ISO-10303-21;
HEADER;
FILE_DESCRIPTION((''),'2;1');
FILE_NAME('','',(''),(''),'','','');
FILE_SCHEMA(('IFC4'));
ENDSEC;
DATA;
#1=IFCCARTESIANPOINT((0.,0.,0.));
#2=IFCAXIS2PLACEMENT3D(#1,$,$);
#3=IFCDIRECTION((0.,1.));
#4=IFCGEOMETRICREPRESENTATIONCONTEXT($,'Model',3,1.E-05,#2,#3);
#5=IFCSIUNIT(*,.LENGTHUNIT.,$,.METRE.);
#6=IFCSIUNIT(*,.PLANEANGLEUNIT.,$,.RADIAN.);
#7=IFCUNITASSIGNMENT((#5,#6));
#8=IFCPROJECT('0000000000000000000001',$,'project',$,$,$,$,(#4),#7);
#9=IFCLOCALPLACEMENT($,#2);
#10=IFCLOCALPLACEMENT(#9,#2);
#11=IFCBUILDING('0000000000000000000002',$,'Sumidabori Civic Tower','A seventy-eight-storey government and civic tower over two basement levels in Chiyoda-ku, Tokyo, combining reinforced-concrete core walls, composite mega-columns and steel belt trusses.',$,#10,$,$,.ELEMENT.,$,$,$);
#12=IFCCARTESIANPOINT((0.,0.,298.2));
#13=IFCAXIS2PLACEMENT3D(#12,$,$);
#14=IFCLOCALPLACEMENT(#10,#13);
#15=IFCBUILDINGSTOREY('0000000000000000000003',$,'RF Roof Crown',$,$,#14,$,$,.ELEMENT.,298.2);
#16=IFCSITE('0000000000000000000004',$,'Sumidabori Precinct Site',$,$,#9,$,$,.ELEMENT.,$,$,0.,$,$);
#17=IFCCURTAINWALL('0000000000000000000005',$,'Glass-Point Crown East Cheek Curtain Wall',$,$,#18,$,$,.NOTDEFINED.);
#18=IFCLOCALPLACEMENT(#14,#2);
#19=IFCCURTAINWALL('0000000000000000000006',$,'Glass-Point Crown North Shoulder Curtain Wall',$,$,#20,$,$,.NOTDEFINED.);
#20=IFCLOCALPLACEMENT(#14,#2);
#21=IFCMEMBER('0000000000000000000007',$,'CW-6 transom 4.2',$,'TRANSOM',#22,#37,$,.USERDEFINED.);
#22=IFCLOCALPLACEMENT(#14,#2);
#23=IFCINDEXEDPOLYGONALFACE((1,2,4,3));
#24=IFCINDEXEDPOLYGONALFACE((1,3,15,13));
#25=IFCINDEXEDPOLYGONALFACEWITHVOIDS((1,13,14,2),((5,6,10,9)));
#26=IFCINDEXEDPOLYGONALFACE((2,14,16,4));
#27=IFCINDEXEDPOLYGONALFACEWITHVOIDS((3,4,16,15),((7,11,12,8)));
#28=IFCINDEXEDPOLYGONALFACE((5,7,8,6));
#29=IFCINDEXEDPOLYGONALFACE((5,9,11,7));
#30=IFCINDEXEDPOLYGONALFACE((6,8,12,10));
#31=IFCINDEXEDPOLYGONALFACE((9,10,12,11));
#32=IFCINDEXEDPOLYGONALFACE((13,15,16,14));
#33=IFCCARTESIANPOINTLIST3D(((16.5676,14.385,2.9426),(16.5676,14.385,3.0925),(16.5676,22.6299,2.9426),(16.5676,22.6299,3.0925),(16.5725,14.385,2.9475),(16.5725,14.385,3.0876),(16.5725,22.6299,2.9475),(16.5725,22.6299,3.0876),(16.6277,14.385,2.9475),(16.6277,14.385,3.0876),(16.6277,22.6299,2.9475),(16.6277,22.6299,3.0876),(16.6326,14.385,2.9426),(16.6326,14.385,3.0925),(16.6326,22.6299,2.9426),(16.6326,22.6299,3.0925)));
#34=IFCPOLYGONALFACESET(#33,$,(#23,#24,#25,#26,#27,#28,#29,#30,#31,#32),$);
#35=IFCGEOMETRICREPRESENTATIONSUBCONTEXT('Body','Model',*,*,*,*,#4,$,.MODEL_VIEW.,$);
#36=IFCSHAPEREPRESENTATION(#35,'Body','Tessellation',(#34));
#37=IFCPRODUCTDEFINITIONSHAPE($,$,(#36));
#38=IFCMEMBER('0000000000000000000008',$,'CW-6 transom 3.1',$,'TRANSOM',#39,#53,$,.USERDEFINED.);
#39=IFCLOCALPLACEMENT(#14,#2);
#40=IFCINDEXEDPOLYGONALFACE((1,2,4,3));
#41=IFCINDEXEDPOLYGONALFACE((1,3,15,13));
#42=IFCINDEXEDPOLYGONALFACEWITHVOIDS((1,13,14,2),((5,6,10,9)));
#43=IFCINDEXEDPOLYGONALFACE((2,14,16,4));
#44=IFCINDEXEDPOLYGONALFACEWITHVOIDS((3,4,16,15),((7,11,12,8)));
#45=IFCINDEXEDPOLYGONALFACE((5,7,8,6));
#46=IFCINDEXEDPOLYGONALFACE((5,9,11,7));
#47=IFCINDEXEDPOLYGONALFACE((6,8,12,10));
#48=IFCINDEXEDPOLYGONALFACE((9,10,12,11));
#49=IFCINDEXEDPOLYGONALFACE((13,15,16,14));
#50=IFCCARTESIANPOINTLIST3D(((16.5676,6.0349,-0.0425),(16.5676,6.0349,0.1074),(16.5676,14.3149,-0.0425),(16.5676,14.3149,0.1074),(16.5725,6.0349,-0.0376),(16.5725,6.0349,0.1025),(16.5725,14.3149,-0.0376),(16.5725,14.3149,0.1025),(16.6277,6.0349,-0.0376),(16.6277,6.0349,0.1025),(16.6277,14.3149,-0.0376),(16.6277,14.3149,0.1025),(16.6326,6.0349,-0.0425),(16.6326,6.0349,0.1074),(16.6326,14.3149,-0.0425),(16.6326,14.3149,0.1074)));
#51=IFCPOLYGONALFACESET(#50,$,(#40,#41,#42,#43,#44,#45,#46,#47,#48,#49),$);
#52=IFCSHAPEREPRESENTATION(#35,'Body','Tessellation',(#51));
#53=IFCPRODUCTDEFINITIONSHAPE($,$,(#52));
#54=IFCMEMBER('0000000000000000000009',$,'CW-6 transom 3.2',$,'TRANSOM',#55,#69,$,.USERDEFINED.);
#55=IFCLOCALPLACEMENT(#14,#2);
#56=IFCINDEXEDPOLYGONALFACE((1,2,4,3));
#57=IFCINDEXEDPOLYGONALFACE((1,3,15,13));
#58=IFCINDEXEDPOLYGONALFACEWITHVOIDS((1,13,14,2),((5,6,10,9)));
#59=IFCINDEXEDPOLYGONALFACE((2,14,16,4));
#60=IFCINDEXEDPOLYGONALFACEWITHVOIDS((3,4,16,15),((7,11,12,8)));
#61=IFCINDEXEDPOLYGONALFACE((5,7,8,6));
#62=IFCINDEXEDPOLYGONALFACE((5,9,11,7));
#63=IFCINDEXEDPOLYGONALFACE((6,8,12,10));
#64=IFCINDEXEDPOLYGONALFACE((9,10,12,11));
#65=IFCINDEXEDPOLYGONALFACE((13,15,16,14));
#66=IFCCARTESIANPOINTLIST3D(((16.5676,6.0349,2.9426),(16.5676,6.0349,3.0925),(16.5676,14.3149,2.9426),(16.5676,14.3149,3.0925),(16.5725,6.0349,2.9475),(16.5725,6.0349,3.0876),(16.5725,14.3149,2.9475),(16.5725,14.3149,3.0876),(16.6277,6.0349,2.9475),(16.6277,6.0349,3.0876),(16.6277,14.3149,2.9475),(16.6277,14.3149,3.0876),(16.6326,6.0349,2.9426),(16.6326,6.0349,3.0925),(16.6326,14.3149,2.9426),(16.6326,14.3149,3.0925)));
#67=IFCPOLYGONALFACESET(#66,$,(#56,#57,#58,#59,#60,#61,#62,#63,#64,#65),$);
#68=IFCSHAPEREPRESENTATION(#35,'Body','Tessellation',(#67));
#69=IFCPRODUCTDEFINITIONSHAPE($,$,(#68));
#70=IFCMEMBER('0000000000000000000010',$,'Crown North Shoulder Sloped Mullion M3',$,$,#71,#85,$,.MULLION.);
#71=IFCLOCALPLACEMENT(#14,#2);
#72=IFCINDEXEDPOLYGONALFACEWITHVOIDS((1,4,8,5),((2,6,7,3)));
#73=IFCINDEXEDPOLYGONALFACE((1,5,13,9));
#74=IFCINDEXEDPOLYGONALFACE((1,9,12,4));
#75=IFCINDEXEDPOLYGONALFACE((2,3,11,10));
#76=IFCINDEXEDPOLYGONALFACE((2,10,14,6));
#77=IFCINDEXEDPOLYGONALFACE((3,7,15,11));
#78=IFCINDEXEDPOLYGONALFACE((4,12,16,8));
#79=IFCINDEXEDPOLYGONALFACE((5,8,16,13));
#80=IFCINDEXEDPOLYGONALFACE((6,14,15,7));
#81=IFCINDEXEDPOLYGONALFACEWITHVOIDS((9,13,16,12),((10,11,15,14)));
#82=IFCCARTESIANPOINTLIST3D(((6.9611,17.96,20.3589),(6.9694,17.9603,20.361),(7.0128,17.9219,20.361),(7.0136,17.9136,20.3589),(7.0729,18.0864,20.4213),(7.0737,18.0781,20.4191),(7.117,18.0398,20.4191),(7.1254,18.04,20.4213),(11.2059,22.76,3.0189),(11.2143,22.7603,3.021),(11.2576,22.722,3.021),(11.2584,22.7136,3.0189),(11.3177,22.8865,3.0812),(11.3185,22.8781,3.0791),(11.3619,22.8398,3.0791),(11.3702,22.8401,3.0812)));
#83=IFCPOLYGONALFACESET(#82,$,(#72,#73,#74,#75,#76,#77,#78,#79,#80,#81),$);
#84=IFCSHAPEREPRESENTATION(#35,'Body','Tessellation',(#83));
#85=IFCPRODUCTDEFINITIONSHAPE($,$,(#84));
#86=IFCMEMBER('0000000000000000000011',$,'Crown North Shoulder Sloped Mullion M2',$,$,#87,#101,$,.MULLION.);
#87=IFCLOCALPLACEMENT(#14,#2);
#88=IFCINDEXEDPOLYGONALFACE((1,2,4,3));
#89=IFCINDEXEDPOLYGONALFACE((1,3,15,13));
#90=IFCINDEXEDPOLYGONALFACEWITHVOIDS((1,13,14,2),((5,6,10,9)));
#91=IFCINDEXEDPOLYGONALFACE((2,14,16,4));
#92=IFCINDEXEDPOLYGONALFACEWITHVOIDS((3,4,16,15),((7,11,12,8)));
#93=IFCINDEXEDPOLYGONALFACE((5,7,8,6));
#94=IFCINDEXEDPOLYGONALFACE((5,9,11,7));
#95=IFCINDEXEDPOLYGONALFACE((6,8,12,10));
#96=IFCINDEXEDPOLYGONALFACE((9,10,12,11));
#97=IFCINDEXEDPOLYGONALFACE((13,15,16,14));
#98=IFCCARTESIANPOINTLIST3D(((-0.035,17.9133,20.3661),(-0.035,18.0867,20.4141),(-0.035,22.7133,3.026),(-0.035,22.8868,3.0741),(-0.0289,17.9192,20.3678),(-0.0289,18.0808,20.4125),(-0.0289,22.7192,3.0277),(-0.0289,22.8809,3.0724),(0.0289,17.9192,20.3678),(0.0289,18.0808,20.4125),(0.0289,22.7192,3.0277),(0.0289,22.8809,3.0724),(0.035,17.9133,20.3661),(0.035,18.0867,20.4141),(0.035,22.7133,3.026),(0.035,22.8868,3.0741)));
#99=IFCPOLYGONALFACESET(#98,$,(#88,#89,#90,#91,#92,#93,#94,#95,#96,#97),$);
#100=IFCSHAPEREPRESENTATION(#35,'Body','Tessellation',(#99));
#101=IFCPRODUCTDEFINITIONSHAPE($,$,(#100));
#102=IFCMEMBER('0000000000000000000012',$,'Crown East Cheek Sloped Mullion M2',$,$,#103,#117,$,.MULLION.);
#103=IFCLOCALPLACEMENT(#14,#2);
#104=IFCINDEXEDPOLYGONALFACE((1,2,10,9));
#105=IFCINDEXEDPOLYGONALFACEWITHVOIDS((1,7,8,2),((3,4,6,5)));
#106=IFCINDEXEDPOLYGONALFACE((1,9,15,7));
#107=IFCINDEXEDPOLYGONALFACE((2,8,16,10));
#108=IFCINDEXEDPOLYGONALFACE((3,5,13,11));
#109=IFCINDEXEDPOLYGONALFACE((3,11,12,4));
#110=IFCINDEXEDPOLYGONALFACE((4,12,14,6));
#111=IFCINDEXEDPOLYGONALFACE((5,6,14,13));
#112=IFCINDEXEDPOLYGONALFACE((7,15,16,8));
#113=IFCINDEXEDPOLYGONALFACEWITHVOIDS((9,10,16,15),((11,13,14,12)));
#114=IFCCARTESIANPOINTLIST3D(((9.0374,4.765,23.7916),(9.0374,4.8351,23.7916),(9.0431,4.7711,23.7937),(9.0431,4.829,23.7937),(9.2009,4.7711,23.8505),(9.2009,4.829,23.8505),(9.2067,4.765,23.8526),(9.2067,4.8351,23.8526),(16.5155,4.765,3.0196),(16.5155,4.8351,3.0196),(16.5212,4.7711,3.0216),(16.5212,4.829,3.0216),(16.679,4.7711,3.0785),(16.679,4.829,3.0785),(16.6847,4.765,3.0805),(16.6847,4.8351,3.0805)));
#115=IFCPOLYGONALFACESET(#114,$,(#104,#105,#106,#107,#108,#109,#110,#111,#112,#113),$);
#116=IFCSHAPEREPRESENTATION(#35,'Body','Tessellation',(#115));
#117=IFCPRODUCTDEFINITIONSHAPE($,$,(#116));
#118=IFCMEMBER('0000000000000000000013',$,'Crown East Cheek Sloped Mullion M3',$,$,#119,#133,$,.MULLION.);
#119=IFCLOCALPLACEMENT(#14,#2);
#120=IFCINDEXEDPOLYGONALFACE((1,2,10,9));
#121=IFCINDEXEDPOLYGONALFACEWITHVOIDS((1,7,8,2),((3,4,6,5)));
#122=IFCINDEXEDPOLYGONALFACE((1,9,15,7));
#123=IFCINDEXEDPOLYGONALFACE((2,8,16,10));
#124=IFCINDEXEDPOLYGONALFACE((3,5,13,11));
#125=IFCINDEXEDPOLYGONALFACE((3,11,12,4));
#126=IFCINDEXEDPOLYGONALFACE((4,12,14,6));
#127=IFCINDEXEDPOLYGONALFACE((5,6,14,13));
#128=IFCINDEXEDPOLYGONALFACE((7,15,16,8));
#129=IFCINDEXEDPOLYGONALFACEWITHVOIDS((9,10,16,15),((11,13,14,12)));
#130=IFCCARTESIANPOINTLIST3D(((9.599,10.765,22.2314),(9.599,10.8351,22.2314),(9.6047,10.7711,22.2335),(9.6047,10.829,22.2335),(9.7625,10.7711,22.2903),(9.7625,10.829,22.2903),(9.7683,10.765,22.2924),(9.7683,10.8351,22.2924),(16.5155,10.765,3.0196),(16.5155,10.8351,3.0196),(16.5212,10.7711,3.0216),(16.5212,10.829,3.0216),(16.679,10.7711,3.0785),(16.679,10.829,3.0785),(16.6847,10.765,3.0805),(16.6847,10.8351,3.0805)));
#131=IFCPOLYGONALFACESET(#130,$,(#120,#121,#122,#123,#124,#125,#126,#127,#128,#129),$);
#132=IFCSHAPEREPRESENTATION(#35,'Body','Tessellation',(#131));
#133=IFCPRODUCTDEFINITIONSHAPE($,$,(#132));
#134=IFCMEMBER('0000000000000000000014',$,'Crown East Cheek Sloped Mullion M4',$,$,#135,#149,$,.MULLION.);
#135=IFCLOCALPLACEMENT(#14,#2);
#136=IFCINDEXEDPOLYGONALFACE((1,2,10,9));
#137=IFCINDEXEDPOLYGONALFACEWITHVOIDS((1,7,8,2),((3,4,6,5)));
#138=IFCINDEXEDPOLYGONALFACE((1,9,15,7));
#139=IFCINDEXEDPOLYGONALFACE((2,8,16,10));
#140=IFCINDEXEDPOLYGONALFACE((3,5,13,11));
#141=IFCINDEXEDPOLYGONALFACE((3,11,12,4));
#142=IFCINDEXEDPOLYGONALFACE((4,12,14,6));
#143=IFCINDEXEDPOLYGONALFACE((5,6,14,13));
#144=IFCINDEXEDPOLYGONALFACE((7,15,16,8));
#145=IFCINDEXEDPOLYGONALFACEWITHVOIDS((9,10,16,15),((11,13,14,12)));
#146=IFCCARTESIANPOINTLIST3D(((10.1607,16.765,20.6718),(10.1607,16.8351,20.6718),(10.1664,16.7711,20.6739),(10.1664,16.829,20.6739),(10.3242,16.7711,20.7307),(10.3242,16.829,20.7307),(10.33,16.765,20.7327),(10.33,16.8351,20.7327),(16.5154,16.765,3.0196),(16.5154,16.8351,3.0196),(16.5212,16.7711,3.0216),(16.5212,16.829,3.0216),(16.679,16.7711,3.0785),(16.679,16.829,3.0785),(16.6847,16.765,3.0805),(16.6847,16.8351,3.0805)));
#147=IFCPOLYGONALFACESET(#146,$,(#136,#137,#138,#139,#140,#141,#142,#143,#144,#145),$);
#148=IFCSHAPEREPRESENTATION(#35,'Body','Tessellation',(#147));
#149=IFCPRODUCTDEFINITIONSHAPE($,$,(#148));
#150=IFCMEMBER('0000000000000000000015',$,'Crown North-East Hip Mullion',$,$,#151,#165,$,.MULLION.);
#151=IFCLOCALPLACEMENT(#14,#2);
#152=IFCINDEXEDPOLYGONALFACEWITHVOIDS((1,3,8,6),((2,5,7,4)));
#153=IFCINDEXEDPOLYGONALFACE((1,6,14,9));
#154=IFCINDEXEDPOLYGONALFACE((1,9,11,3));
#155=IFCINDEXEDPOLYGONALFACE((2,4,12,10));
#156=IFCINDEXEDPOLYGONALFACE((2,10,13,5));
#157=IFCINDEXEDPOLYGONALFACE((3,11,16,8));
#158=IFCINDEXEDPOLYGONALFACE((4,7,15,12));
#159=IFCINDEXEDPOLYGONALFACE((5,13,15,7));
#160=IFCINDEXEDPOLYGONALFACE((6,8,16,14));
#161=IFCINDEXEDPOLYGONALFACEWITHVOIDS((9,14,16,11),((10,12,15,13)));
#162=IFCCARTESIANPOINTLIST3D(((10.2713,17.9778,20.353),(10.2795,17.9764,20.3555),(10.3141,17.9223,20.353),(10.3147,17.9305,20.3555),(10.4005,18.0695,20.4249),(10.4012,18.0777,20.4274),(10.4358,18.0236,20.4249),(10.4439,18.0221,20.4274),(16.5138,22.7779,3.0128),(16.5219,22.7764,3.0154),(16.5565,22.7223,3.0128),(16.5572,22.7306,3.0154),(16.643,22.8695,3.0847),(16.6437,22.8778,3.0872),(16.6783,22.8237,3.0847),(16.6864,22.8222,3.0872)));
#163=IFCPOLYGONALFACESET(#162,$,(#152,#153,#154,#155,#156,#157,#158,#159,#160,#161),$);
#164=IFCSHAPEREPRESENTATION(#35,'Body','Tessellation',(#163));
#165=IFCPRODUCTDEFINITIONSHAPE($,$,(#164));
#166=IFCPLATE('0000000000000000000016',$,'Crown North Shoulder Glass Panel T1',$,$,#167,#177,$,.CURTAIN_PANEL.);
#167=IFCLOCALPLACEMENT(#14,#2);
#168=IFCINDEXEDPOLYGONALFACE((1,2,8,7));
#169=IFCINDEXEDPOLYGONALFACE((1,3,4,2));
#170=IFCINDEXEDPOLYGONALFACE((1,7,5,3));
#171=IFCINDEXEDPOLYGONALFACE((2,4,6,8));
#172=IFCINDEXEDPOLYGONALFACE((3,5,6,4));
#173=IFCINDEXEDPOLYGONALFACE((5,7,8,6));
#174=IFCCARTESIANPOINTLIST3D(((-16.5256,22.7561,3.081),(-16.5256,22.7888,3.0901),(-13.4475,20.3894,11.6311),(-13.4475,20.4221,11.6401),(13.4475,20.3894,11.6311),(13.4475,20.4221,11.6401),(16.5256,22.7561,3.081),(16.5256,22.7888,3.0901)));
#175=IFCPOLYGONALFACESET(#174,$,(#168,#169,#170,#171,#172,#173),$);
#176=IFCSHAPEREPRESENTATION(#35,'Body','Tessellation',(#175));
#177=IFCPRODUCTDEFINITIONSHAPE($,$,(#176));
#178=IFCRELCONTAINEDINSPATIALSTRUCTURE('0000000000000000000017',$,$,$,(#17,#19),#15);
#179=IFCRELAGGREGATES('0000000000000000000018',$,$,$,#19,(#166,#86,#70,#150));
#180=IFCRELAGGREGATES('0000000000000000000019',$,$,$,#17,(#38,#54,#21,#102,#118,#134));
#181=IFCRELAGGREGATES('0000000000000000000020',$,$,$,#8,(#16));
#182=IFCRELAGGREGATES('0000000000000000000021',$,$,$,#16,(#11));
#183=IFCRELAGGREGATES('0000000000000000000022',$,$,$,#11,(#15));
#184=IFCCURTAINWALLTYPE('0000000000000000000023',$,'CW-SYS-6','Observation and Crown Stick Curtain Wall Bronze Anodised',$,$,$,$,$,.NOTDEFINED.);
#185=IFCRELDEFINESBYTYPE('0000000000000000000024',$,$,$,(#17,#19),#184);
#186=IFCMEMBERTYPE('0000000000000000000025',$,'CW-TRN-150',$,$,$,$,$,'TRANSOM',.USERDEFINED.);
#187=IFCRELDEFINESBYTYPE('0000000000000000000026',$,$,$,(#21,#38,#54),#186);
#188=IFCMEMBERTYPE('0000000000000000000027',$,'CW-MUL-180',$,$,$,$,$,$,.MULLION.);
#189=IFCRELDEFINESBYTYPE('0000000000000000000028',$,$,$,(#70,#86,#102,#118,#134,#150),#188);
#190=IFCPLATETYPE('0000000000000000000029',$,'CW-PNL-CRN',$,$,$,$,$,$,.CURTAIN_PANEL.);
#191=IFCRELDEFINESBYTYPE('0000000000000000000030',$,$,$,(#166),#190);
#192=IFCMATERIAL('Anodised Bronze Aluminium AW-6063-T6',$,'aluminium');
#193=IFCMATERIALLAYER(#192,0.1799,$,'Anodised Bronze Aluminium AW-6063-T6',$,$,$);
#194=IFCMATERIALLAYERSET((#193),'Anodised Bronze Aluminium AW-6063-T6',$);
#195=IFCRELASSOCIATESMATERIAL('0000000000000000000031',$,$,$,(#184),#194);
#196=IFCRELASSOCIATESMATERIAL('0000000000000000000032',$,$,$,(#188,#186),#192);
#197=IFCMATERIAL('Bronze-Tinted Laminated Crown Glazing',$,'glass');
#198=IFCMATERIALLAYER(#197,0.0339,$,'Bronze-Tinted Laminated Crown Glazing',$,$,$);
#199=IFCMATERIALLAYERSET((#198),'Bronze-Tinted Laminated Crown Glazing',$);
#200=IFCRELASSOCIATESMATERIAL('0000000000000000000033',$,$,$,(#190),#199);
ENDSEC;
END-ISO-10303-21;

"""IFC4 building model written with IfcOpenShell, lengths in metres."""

from ifc_helpers import new_model, si_unit, direction, frame, origin, origin_2d, place, context, subcontext, project, spatial, polyline, hollow_rectangle, outline, extrude, source, transform, mapped, material, layer, layer_set, material_profile, profile_set, type_object, element, aggregate, save


model = new_model("IFC4")

# Units and contexts
model_context = context("Model", 3, precision=1e-05, world=origin(), true_north=direction((0.0, 1.0)))
body_context = subcontext(model_context, "Body", "Model", "MODEL_VIEW")
ifc_project = project(units=[si_unit("LENGTHUNIT", "METRE"), si_unit("PLANEANGLEUNIT", "RADIAN")], contexts=[model_context])

# Site, building, storey
site_placement = place(None, origin())
site = spatial("IfcSite", under=ifc_project, at=site_placement, Name="Sumidabori Precinct Site", CompositionType="ELEMENT", RefElevation=0.0)
building_placement = place(site_placement, origin())
building = spatial("IfcBuilding", under=site, at=building_placement, Name="Sumidabori Civic Tower", Description="A seventy-eight-storey government and civic tower over two basement levels in Chiyoda-ku, Tokyo, combining reinforced-concrete core walls, composite mega-columns and steel belt trusses.", CompositionType="ELEMENT")
storey_placement = place(building_placement, frame((0.0, 0.0, 298.2)))
storey = spatial("IfcBuildingStorey", under=building, at=storey_placement, Name="RF Roof Crown", CompositionType="ELEMENT", Elevation=298.2)

# Curtain walls
ifc_material_1 = material(Name="Anodised Bronze Aluminium AW-6063-T6", Category="aluminium")
ifc_layer_1 = layer(ifc_material_1, 0.1799, Name="Anodised Bronze Aluminium AW-6063-T6")
ifc_layer_set_1 = layer_set([ifc_layer_1], Name="Anodised Bronze Aluminium AW-6063-T6")
curtain_wall_type = type_object("IfcCurtainWallType", Name="CW-SYS-6", Description="Observation and Crown Stick Curtain Wall Bronze Anodised", PredefinedType="NOTDEFINED", material=ifc_layer_set_1)
curtain_wall_1_placement = place(storey_placement, origin())
curtain_wall_1 = element("IfcCurtainWall", 1, at=curtain_wall_1_placement, inside=storey, type_object=curtain_wall_type, Name="Glass-Point Crown East Cheek Curtain Wall", PredefinedType="NOTDEFINED")
ifc_material_profile_1 = material_profile(ifc_material_1, hollow_rectangle(XDim=0.0701, YDim=0.1799, WallThickness=0.0061, at=origin_2d()), Name="ALU MULLION 180x70")
ifc_profile_set_1 = profile_set([ifc_material_profile_1], Name="Anodised Bronze Aluminium AW-6063-T6")
member_type_1 = type_object("IfcMemberType", Name="CW-MUL-180", PredefinedType="MULLION", material=ifc_profile_set_1)
curtain_wall_2_placement = place(storey_placement, origin())
curtain_wall_2 = element("IfcCurtainWall", 2, at=curtain_wall_2_placement, inside=storey, type_object=curtain_wall_type, Name="Glass-Point Crown North Shoulder Curtain Wall", PredefinedType="NOTDEFINED")
ifc_material_profile_2 = material_profile(ifc_material_1, hollow_rectangle(XDim=0.0649, YDim=0.1499, WallThickness=0.0049, at=origin_2d()), Name="ALU TRANSOM 150x65")
ifc_profile_set_2 = profile_set([ifc_material_profile_2], Name="Anodised Bronze Aluminium AW-6063-T6")
member_type_2 = type_object("IfcMemberType", Name="CW-TRN-150", ElementType="TRANSOM", PredefinedType="USERDEFINED", material=ifc_profile_set_2)

# Members
shared_shape_1 = source(origin(), body_context, "Body", "SweptSolid", [
    extrude(hollow_rectangle(XDim=0.0649, YDim=0.1499, WallThickness=0.0049, at=origin_2d()), origin(), (0.0, 0.0, 1.0), 8.2449),
])
member_1_placement = place(storey_placement, frame((16.6001, 14.385, 3.0176), z_axis=(0.0, 1.0, 0.0), x_axis=(-1.0, 0.0, 0.0)))
member_1 = element("IfcMember", 3, at=member_1_placement, type_object=member_type_2, Name="CW-6 transom 4.2", ObjectType="TRANSOM", PredefinedType="USERDEFINED", context=body_context, shape_type="MappedRepresentation", body=[
    mapped(shared_shape_1, transform((0.0, 0.0, 0.0), x_axis=(1.0, 0.0, 0.0), y_axis=(0.0, 1.0, 0.0), z_axis=(0.0, 0.0, 1.0), scale=1.0)),
])
shared_shape_2 = source(origin(), body_context, "Body", "SweptSolid", [
    extrude(hollow_rectangle(XDim=0.0649, YDim=0.1499, WallThickness=0.0049, at=origin_2d()), origin(), (0.0, 0.0, 1.0), 8.28),
])
member_2_placement = place(storey_placement, frame((16.6001, 6.0349, 0.0325), z_axis=(0.0, 1.0, 0.0), x_axis=(-1.0, 0.0, 0.0)))
member_2 = element("IfcMember", 4, at=member_2_placement, type_object=member_type_2, Name="CW-6 transom 3.1", ObjectType="TRANSOM", PredefinedType="USERDEFINED", context=body_context, shape_type="MappedRepresentation", body=[
    mapped(shared_shape_2, transform((0.0, 0.0, 0.0), x_axis=(1.0, 0.0, 0.0), y_axis=(0.0, 1.0, 0.0), z_axis=(0.0, 0.0, 1.0), scale=1.0)),
])
member_3_placement = place(storey_placement, frame((16.6001, 6.0349, 3.0176), z_axis=(0.0, 1.0, 0.0), x_axis=(-1.0, 0.0, 0.0)))
member_3 = element("IfcMember", 5, at=member_3_placement, type_object=member_type_2, Name="CW-6 transom 3.2", ObjectType="TRANSOM", PredefinedType="USERDEFINED", context=body_context, shape_type="MappedRepresentation", body=[
    mapped(shared_shape_2, transform((0.0, 0.0, 0.0), x_axis=(1.0, 0.0, 0.0), y_axis=(0.0, 1.0, 0.0), z_axis=(0.0, 0.0, 1.0), scale=1.0)),
])
shared_shape_3 = source(origin(), body_context, "Body", "SweptSolid", [
    extrude(hollow_rectangle(XDim=0.0701, YDim=0.1799, WallThickness=0.0061, at=origin_2d()), origin(), (0.0, 0.0, 1.0), 18.4861),
])
member_4_placement = place(storey_placement, frame((11.2881, 22.8, 3.05), z_axis=(-0.229624, -0.259656, 0.938004), x_axis=(0.749099, -0.662458, 0.0)))
member_4 = element("IfcMember", 6, at=member_4_placement, type_object=member_type_1, Name="Crown North Shoulder Sloped Mullion M3", PredefinedType="MULLION", context=body_context, shape_type="MappedRepresentation", body=[
    mapped(shared_shape_3, transform((0.0, 0.0, 0.0), x_axis=(1.0, 0.0, 0.0), y_axis=(0.0, 1.0, 0.0), z_axis=(0.0, 0.0, 1.0), scale=1.0)),
])
shared_shape_4 = source(origin(), body_context, "Body", "SweptSolid", [
    extrude(hollow_rectangle(XDim=0.0701, YDim=0.1799, WallThickness=0.0061, at=origin_2d()), origin(), (0.0, 0.0, 1.0), 17.9922),
])
member_5_placement = place(storey_placement, frame((0.0, 22.8, 3.05), z_axis=(0.0, -0.266785, 0.963756), x_axis=(1.0, 0.0, 0.0)))
member_5 = element("IfcMember", 7, at=member_5_placement, type_object=member_type_1, Name="Crown North Shoulder Sloped Mullion M2", PredefinedType="MULLION", context=body_context, shape_type="MappedRepresentation", body=[
    mapped(shared_shape_4, transform((0.0, 0.0, 0.0), x_axis=(1.0, 0.0, 0.0), y_axis=(0.0, 1.0, 0.0), z_axis=(0.0, 0.0, 1.0), scale=1.0)),
])
shared_shape_5 = source(origin(), body_context, "Body", "SweptSolid", [
    extrude(hollow_rectangle(XDim=0.0701, YDim=0.1799, WallThickness=0.0061, at=origin_2d()), origin(), (0.0, 0.0, 1.0), 22.0771),
])
member_6_placement = place(storey_placement, frame((16.6001, 4.8, 3.05), z_axis=(-0.338724, 0.0, 0.940886), x_axis=(0.0, -1.0, 0.0)))
member_6 = element("IfcMember", 8, at=member_6_placement, type_object=member_type_1, Name="Crown East Cheek Sloped Mullion M2", PredefinedType="MULLION", context=body_context, shape_type="MappedRepresentation", body=[
    mapped(shared_shape_5, transform((0.0, 0.0, 0.0), x_axis=(1.0, 0.0, 0.0), y_axis=(0.0, 1.0, 0.0), z_axis=(0.0, 0.0, 1.0), scale=1.0)),
])
shared_shape_6 = source(origin(), body_context, "Body", "SweptSolid", [
    extrude(hollow_rectangle(XDim=0.0701, YDim=0.1799, WallThickness=0.0061, at=origin_2d()), origin(), (0.0, 0.0, 1.0), 20.4189),
])
member_7_placement = place(storey_placement, frame((16.6001, 10.8, 3.05), z_axis=(-0.338729, 0.0, 0.940884), x_axis=(0.0, -1.0, 0.0)))
member_7 = element("IfcMember", 9, at=member_7_placement, type_object=member_type_1, Name="Crown East Cheek Sloped Mullion M3", PredefinedType="MULLION", context=body_context, shape_type="MappedRepresentation", body=[
    mapped(shared_shape_6, transform((0.0, 0.0, 0.0), x_axis=(1.0, 0.0, 0.0), y_axis=(0.0, 1.0, 0.0), z_axis=(0.0, 0.0, 1.0), scale=1.0)),
])
shared_shape_7 = source(origin(), body_context, "Body", "SweptSolid", [
    extrude(hollow_rectangle(XDim=0.0701, YDim=0.1799, WallThickness=0.0061, at=origin_2d()), origin(), (0.0, 0.0, 1.0), 18.7612),
])
member_8_placement = place(storey_placement, frame((16.6001, 16.8, 3.05), z_axis=(-0.338719, 0.0, 0.940888), x_axis=(0.0, -1.0, 0.0)))
member_8 = element("IfcMember", 10, at=member_8_placement, type_object=member_type_1, Name="Crown East Cheek Sloped Mullion M4", PredefinedType="MULLION", context=body_context, shape_type="MappedRepresentation", body=[
    mapped(shared_shape_7, transform((0.0, 0.0, 0.0), x_axis=(1.0, 0.0, 0.0), y_axis=(0.0, 1.0, 0.0), z_axis=(0.0, 0.0, 1.0), scale=1.0)),
])
shared_shape_8 = source(origin(), body_context, "Body", "SweptSolid", [
    extrude(hollow_rectangle(XDim=0.0701, YDim=0.1799, WallThickness=0.0061, at=origin_2d()), origin(), (0.0, 0.0, 1.0), 19.0444),
])
member_9_placement = place(storey_placement, frame((16.6001, 22.8, 3.05), z_axis=(-0.327784, -0.252046, 0.910511), x_axis=(0.609565, -0.792736, 0.0)))
member_9 = element("IfcMember", 11, at=member_9_placement, type_object=member_type_1, Name="Crown North-East Hip Mullion", PredefinedType="MULLION", context=body_context, shape_type="MappedRepresentation", body=[
    mapped(shared_shape_8, transform((0.0, 0.0, 0.0), x_axis=(1.0, 0.0, 0.0), y_axis=(0.0, 1.0, 0.0), z_axis=(0.0, 0.0, 1.0), scale=1.0)),
])

# Plate
ifc_material_2 = material(Name="Bronze-Tinted Laminated Crown Glazing", Category="glass")
ifc_layer_2 = layer(ifc_material_2, 0.0339, Name="Bronze-Tinted Laminated Crown Glazing")
ifc_layer_set_2 = layer_set([ifc_layer_2], Name="Bronze-Tinted Laminated Crown Glazing")
plate_type_1 = type_object("IfcPlateType", Name="CW-PNL-CRN", PredefinedType="CURTAIN_PANEL", material=ifc_layer_set_2)
plate_1_placement = place(storey_placement, frame((16.5256, 22.7888, 3.0901), z_axis=(0.0, 0.963759, 0.266774), x_axis=(-1.0, 0.0, 0.0)))
plate_1 = element("IfcPlate", 12, at=plate_1_placement, type_object=plate_type_1, Name="Crown North Shoulder Glass Panel T1", PredefinedType="CURTAIN_PANEL", context=body_context, shape_type="SweptSolid", body=[
    extrude(outline(polyline([(0.0, 0.0), (33.0513, 0.0), (29.9731, 8.8716), (3.0781, 8.8716), (0.0, 0.0)])), origin(), (0.0, 0.0, -1.0), 0.0339),
])

aggregate(curtain_wall_2, [plate_1, member_5, member_4, member_9])
aggregate(curtain_wall_1, [member_2, member_3, member_1, member_6, member_7, member_8])

save(model, "model.ifc")
